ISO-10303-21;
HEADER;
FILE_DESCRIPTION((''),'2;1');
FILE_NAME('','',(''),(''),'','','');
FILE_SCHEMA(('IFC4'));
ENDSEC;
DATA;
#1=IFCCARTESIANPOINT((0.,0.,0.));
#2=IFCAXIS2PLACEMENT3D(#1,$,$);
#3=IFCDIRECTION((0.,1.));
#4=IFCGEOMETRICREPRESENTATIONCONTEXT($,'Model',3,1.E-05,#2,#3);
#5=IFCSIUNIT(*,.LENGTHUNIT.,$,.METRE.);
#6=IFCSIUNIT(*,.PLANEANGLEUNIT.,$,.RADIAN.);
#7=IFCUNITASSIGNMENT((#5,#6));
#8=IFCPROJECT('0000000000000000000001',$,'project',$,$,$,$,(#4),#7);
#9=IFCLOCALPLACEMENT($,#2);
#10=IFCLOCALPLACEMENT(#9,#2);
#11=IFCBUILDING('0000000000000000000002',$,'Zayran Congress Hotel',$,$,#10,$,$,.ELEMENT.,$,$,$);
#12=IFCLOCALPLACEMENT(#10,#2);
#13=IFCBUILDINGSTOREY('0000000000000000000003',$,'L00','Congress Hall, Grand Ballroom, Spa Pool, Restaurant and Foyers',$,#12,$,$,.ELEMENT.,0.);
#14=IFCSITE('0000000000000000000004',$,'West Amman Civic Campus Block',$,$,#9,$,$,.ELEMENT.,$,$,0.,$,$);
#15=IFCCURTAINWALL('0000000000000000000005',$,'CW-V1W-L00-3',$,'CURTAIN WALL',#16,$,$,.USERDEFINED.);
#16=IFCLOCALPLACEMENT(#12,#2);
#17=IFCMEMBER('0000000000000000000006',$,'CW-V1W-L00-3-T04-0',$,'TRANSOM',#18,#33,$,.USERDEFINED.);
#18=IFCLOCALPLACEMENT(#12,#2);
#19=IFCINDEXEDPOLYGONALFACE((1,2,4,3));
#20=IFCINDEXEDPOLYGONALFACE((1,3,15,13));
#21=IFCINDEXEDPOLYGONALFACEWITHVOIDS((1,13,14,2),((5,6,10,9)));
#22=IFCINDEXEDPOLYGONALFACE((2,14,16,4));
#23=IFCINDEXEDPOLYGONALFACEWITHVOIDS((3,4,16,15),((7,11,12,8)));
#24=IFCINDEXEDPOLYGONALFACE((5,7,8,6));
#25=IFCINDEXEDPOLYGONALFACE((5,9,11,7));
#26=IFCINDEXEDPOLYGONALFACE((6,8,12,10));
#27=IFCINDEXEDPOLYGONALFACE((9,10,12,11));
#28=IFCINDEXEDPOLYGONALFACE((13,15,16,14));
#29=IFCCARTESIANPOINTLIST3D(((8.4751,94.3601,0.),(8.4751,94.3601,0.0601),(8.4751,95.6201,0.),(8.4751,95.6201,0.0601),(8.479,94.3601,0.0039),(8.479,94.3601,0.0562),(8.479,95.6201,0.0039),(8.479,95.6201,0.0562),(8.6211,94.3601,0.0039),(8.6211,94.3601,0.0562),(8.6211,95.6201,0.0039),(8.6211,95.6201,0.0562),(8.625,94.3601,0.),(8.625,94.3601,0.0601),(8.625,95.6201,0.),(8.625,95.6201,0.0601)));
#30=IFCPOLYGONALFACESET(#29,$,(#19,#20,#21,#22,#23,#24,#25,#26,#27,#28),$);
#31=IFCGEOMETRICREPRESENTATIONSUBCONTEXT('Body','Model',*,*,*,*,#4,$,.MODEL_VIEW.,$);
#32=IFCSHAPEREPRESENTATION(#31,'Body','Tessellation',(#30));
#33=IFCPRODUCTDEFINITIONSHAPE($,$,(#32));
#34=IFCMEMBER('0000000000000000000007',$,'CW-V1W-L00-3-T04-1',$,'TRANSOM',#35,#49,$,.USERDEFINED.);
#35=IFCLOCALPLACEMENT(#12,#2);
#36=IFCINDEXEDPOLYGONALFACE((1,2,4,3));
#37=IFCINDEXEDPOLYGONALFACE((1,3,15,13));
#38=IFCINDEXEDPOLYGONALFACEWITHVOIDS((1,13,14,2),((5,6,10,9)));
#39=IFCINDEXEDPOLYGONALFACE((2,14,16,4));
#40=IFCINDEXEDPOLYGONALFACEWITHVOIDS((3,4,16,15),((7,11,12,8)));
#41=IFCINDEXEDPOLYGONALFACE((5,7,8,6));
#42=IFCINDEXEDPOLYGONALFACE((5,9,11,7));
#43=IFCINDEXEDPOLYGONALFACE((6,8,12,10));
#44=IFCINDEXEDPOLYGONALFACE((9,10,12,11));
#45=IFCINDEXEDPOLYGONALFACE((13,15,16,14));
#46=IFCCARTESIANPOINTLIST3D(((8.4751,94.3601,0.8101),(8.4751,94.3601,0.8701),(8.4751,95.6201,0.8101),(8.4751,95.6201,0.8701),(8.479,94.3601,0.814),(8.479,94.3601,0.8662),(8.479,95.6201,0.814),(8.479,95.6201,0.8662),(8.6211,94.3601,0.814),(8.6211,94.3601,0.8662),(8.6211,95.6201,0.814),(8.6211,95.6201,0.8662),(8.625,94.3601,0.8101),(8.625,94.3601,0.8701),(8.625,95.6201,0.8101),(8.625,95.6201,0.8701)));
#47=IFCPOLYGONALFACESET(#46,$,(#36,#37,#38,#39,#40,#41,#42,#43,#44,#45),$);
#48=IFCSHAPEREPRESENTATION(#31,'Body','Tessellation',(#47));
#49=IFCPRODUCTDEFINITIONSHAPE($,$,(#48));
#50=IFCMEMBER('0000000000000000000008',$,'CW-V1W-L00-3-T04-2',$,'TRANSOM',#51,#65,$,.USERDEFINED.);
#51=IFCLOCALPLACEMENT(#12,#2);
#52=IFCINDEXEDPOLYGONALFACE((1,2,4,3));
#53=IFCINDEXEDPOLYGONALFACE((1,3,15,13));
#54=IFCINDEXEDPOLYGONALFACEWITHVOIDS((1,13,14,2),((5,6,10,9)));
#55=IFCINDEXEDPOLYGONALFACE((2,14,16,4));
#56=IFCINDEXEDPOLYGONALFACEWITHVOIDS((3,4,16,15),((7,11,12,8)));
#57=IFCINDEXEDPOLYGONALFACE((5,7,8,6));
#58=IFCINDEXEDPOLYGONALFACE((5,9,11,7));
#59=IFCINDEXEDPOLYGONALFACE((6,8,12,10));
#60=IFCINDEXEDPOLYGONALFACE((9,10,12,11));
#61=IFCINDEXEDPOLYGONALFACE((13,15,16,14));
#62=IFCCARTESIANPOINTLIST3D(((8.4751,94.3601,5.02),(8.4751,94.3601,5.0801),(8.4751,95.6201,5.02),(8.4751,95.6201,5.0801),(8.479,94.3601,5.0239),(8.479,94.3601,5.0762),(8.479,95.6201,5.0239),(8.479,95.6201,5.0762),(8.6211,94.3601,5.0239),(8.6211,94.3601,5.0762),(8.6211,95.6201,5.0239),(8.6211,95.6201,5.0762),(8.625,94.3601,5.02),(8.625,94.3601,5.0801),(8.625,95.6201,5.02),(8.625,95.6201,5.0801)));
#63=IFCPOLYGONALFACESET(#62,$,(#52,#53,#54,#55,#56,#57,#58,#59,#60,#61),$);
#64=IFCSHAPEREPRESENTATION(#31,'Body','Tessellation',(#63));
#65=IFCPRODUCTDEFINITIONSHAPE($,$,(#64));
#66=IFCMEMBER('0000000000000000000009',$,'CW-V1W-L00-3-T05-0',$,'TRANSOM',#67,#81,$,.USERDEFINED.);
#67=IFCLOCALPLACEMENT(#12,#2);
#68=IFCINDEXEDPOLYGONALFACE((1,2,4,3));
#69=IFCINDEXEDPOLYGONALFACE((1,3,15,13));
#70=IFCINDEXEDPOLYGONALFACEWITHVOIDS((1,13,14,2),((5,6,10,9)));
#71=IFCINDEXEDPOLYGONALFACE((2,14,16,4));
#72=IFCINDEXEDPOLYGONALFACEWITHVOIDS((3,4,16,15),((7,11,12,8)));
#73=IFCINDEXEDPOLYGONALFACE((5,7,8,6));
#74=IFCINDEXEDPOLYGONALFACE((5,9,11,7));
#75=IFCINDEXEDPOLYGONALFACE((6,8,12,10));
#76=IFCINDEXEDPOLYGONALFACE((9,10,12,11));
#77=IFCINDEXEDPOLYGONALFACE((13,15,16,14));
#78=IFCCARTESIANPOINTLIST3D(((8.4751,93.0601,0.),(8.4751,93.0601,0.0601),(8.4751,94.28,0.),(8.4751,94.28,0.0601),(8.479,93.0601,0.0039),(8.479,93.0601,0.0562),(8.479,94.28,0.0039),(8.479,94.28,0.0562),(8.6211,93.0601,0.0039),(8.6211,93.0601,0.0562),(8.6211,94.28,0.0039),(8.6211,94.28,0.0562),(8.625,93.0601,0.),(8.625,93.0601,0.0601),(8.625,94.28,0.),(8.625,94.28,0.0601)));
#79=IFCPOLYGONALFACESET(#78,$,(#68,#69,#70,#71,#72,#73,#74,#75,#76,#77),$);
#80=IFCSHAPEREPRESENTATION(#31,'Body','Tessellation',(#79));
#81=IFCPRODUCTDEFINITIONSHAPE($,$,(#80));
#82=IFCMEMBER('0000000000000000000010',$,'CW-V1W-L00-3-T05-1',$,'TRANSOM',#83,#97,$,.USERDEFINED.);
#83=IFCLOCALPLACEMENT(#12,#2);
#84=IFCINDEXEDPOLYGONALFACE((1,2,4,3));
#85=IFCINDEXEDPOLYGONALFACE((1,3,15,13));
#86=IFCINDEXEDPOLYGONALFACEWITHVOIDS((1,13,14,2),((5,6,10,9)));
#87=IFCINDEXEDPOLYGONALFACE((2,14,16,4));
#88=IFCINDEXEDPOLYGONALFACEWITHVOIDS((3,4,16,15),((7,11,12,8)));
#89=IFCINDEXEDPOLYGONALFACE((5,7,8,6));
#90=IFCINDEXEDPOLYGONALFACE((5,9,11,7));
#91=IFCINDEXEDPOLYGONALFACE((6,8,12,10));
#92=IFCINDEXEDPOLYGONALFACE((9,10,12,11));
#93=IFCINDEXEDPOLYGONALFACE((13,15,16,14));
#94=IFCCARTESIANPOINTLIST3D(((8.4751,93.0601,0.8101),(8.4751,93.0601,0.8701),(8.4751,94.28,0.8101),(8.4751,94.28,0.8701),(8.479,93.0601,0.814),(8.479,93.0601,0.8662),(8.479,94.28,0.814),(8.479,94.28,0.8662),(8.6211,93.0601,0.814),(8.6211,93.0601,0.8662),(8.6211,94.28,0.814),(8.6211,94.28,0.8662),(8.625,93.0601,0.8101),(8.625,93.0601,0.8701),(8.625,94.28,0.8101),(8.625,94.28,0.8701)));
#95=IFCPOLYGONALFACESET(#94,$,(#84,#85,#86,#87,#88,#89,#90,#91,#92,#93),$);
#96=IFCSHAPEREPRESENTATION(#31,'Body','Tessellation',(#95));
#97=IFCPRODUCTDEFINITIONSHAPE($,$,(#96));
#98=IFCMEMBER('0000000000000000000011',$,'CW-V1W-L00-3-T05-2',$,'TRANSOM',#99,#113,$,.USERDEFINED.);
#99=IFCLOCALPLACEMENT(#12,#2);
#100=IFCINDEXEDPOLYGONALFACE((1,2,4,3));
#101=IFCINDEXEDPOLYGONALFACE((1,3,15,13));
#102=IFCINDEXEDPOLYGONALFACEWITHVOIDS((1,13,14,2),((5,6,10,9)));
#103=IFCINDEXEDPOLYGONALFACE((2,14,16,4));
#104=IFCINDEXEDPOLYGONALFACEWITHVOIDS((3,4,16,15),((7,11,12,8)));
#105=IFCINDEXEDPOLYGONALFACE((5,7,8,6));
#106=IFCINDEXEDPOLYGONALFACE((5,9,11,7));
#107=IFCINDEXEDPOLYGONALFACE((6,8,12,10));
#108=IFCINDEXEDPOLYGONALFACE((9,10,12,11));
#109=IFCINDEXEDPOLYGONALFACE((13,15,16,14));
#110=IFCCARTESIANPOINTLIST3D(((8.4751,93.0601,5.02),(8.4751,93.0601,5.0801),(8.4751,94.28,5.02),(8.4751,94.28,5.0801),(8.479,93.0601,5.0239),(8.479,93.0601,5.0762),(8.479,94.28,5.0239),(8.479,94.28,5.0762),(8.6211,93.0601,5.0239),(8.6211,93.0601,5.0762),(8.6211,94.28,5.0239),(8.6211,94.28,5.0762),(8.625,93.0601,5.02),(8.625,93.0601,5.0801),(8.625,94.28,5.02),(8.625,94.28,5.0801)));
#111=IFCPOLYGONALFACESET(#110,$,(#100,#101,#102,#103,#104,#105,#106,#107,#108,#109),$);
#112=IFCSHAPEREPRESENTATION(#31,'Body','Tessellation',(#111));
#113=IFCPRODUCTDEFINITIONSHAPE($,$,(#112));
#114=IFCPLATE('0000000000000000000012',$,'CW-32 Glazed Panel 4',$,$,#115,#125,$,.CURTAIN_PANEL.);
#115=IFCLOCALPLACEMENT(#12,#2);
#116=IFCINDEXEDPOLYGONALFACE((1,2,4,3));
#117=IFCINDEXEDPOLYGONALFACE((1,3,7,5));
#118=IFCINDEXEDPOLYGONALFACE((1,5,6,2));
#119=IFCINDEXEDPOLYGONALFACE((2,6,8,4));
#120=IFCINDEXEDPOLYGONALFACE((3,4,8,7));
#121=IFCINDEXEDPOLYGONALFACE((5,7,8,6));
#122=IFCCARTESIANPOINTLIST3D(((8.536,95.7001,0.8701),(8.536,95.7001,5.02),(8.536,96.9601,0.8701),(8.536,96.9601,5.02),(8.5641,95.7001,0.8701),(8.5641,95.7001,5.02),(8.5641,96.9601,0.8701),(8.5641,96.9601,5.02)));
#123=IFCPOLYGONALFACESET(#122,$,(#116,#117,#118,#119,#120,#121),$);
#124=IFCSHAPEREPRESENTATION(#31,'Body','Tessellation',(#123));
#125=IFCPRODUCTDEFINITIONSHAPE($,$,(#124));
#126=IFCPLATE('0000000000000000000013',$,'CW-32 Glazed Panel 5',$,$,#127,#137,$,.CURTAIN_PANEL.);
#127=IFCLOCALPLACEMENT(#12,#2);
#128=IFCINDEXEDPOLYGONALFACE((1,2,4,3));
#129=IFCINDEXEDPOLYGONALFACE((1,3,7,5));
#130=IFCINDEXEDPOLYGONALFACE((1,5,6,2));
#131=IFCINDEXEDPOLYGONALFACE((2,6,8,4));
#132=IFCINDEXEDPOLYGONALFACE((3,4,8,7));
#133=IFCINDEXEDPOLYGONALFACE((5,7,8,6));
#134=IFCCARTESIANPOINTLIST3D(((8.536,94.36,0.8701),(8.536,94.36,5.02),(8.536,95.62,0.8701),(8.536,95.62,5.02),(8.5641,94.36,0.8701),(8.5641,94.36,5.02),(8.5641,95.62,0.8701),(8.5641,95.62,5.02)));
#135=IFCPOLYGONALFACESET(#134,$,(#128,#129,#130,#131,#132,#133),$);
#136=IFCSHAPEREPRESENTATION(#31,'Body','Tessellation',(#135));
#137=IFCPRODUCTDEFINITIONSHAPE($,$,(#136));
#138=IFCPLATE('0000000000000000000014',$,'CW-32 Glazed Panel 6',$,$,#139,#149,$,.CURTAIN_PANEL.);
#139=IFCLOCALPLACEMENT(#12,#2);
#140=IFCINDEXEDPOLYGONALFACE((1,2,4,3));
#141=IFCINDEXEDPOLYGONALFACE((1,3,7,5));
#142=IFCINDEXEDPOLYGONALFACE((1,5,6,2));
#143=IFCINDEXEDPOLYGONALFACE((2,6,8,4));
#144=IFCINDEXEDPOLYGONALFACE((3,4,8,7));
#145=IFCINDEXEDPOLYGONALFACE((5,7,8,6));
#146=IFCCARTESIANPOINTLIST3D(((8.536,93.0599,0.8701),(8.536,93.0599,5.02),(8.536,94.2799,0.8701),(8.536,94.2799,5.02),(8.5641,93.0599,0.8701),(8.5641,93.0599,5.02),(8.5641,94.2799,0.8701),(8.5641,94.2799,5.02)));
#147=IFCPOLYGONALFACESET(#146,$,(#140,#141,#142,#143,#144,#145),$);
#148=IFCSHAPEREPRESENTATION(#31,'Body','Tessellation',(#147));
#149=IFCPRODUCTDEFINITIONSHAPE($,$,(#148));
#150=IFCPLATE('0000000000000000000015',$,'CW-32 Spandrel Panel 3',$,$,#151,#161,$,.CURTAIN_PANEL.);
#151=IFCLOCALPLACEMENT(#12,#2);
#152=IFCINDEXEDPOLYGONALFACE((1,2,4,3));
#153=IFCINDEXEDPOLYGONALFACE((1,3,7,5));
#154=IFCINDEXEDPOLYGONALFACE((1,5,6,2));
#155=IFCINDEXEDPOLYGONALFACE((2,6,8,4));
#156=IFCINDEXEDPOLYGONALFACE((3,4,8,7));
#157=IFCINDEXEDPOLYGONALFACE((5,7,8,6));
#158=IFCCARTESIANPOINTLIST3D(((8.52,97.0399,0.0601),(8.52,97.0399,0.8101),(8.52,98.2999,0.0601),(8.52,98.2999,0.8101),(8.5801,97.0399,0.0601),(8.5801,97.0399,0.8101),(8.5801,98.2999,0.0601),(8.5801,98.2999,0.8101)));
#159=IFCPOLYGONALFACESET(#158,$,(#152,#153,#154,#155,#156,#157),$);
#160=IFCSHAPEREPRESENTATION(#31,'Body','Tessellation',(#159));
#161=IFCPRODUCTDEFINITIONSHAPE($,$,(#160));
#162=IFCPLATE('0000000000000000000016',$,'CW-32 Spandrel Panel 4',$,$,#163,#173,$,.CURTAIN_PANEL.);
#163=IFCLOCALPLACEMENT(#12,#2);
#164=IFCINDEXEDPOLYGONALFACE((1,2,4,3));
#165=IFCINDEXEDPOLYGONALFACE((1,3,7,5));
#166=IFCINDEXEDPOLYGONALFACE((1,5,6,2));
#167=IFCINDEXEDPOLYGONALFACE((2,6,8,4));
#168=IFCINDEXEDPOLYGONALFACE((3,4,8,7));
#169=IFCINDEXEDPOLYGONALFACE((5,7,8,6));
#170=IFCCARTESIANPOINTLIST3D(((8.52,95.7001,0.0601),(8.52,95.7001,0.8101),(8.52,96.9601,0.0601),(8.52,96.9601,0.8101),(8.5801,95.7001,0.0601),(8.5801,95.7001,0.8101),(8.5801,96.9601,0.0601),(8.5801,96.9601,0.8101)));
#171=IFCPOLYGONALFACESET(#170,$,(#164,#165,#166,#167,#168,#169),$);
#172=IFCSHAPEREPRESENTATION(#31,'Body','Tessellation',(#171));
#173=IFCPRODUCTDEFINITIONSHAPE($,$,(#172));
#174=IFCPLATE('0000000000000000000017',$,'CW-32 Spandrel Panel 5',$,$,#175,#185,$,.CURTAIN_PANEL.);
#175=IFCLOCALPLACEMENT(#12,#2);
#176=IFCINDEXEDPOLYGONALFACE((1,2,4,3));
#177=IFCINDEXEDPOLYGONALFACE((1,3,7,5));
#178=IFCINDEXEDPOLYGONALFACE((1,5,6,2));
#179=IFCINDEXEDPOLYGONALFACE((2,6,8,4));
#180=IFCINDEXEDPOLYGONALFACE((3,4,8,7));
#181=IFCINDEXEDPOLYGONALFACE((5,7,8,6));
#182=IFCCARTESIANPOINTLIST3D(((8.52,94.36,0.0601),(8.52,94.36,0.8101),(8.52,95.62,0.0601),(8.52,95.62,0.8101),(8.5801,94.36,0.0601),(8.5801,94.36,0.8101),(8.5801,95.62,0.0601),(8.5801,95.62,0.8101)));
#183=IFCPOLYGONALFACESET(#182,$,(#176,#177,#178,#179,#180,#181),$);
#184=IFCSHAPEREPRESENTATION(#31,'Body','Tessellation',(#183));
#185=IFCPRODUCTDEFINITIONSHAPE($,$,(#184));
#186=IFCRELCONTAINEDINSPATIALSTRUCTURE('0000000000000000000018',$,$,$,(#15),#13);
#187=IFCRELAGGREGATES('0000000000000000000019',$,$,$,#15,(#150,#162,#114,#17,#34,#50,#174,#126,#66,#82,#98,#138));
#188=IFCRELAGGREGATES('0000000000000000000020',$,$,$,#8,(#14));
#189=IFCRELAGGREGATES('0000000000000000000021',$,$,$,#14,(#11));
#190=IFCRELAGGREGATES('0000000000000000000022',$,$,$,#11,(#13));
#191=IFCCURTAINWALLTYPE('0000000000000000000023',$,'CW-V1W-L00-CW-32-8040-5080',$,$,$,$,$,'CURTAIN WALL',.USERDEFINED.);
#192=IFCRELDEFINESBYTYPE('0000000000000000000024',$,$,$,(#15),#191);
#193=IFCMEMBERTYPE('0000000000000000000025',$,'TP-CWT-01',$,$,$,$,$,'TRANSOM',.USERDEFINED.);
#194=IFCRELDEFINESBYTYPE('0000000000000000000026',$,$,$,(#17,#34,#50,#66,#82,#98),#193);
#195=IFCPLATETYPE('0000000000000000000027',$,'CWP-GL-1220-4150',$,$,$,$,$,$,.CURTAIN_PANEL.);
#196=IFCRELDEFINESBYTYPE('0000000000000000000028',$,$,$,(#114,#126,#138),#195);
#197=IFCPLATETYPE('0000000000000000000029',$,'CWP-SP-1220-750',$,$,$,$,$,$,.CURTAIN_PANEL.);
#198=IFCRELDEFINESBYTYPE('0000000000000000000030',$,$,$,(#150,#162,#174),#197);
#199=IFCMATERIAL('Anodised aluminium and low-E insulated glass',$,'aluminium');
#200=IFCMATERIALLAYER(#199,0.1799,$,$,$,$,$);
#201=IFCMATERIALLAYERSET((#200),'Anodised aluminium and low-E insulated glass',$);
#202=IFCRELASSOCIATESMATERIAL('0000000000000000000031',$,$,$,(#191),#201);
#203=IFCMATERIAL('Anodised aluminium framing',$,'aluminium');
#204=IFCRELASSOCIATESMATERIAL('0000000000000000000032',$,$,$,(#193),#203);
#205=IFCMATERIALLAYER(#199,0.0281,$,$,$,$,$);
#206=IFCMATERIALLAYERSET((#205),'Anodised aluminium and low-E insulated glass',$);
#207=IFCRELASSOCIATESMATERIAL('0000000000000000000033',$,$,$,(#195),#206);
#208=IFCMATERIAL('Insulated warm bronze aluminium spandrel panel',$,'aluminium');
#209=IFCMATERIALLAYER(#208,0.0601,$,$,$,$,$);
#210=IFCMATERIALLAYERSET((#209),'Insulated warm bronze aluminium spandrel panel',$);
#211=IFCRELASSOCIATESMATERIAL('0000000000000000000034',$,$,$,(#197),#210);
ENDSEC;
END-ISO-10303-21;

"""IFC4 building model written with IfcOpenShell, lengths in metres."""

from ifc_helpers import new_model, si_unit, direction, frame, origin, origin_2d, place, context, subcontext, project, spatial, rectangle, hollow_rectangle, extrude, material, layer, layer_set, material_profile, profile_set, type_object, element, aggregate, save


model = new_model("IFC4")

# Units and contexts
model_context = context("Model", 3, precision=1e-05, world=origin(), true_north=direction((0.0, 1.0)))
body_context = subcontext(model_context, "Body", "Model", "MODEL_VIEW")
ifc_project = project(units=[si_unit("LENGTHUNIT", "METRE"), si_unit("PLANEANGLEUNIT", "RADIAN")], contexts=[model_context])

# Site, building, storey
site_placement = place(None, origin())
site = spatial("IfcSite", under=ifc_project, at=site_placement, Name="West Amman Civic Campus Block", CompositionType="ELEMENT", RefElevation=0.0)
building_placement = place(site_placement, origin())
building = spatial("IfcBuilding", under=site, at=building_placement, Name="Zayran Congress Hotel", CompositionType="ELEMENT")
storey_placement = place(building_placement, origin())
storey = spatial("IfcBuildingStorey", under=building, at=storey_placement, Name="L00", Description="Congress Hall, Grand Ballroom, Spa Pool, Restaurant and Foyers", CompositionType="ELEMENT", Elevation=0.0)

# Shared definitions
ifc_material_1 = material(Name="Anodised aluminium and low-E insulated glass", Category="aluminium")
ifc_material_2 = material(Name="Anodised aluminium framing", Category="aluminium")

# Curtain wall
ifc_layer_1 = layer(ifc_material_1, 0.1799)
ifc_layer_set_1 = layer_set([ifc_layer_1], Name="Anodised aluminium and low-E insulated glass")
curtain_wall_type_1 = type_object("IfcCurtainWallType", Name="CW-V1W-L00-CW-32-8040-5080", ElementType="CURTAIN WALL", PredefinedType="USERDEFINED", material=ifc_layer_set_1)
curtain_wall_1_placement = place(storey_placement, origin())
curtain_wall_1 = element("IfcCurtainWall", 1, at=curtain_wall_1_placement, inside=storey, type_object=curtain_wall_type_1, Name="CW-V1W-L00-3", ObjectType="CURTAIN WALL", PredefinedType="USERDEFINED")

# Members
ifc_material_profile_1 = material_profile(ifc_material_2, hollow_rectangle(XDim=0.0601, YDim=0.1499, WallThickness=0.0039, at=origin_2d()), Name="RHS 150x60x4")
ifc_profile_set_1 = profile_set([ifc_material_profile_1], Name="Anodised aluminium framing")
member_type_1 = type_object("IfcMemberType", Name="TP-CWT-01", ElementType="TRANSOM", PredefinedType="USERDEFINED", material=ifc_profile_set_1)
member_1_placement = place(storey_placement, frame((8.55, 95.6201, 0.03), z_axis=(0.0, -1.0, 0.0), x_axis=(0.0, 0.0, 1.0)))
member_1 = element("IfcMember", 2, at=member_1_placement, type_object=member_type_1, Name="CW-V1W-L00-3-T04-0", ObjectType="TRANSOM", PredefinedType="USERDEFINED", context=body_context, shape_type="SweptSolid", body=[
    extrude(hollow_rectangle(XDim=0.0601, YDim=0.1499, WallThickness=0.0039, at=origin_2d()), origin(), (0.0, 0.0, 1.0), 1.26),
])
member_2_placement = place(storey_placement, frame((8.55, 95.6201, 0.8401), z_axis=(0.0, -1.0, 0.0), x_axis=(0.0, 0.0, 1.0)))
member_2 = element("IfcMember", 3, at=member_2_placement, type_object=member_type_1, Name="CW-V1W-L00-3-T04-1", ObjectType="TRANSOM", PredefinedType="USERDEFINED", context=body_context, shape_type="SweptSolid", body=[
    extrude(hollow_rectangle(XDim=0.0601, YDim=0.1499, WallThickness=0.0039, at=origin_2d()), origin(), (0.0, 0.0, 1.0), 1.26),
])
member_3_placement = place(storey_placement, frame((8.55, 95.6201, 5.05), z_axis=(0.0, -1.0, 0.0), x_axis=(0.0, 0.0, 1.0)))
member_3 = element("IfcMember", 4, at=member_3_placement, type_object=member_type_1, Name="CW-V1W-L00-3-T04-2", ObjectType="TRANSOM", PredefinedType="USERDEFINED", context=body_context, shape_type="SweptSolid", body=[
    extrude(hollow_rectangle(XDim=0.0601, YDim=0.1499, WallThickness=0.0039, at=origin_2d()), origin(), (0.0, 0.0, 1.0), 1.26),
])
member_4_placement = place(storey_placement, frame((8.55, 94.28, 0.03), z_axis=(0.0, -1.0, 0.0), x_axis=(0.0, 0.0, 1.0)))
member_4 = element("IfcMember", 5, at=member_4_placement, type_object=member_type_1, Name="CW-V1W-L00-3-T05-0", ObjectType="TRANSOM", PredefinedType="USERDEFINED", context=body_context, shape_type="SweptSolid", body=[
    extrude(hollow_rectangle(XDim=0.0601, YDim=0.1499, WallThickness=0.0039, at=origin_2d()), origin(), (0.0, 0.0, 1.0), 1.22),
])
member_5_placement = place(storey_placement, frame((8.55, 94.28, 0.8401), z_axis=(0.0, -1.0, 0.0), x_axis=(0.0, 0.0, 1.0)))
member_5 = element("IfcMember", 6, at=member_5_placement, type_object=member_type_1, Name="CW-V1W-L00-3-T05-1", ObjectType="TRANSOM", PredefinedType="USERDEFINED", context=body_context, shape_type="SweptSolid", body=[
    extrude(hollow_rectangle(XDim=0.0601, YDim=0.1499, WallThickness=0.0039, at=origin_2d()), origin(), (0.0, 0.0, 1.0), 1.22),
])
member_6_placement = place(storey_placement, frame((8.55, 94.28, 5.05), z_axis=(0.0, -1.0, 0.0), x_axis=(0.0, 0.0, 1.0)))
member_6 = element("IfcMember", 7, at=member_6_placement, type_object=member_type_1, Name="CW-V1W-L00-3-T05-2", ObjectType="TRANSOM", PredefinedType="USERDEFINED", context=body_context, shape_type="SweptSolid", body=[
    extrude(hollow_rectangle(XDim=0.0601, YDim=0.1499, WallThickness=0.0039, at=origin_2d()), origin(), (0.0, 0.0, 1.0), 1.22),
])

# Plates
ifc_layer_2 = layer(ifc_material_1, 0.0281)
ifc_layer_set_2 = layer_set([ifc_layer_2], Name="Anodised aluminium and low-E insulated glass")
plate_type_1 = type_object("IfcPlateType", Name="CWP-GL-1220-4150", PredefinedType="CURTAIN_PANEL", material=ifc_layer_set_2)
plate_1_placement = place(storey_placement, frame((8.55, 96.3301, 0.8701), z_axis=(0.0, 0.0, 1.0), x_axis=(0.0, 1.0, 0.0)))
plate_1 = element("IfcPlate", 8, at=plate_1_placement, type_object=plate_type_1, Name="CW-32 Glazed Panel 4", PredefinedType="CURTAIN_PANEL", context=body_context, shape_type="SweptSolid", body=[
    extrude(rectangle(XDim=1.26, YDim=0.0281, at=origin_2d()), origin(), (0.0, 0.0, 1.0), 4.1499),
])
plate_2_placement = place(storey_placement, frame((8.55, 94.99, 0.8701), z_axis=(0.0, 0.0, 1.0), x_axis=(0.0, 1.0, 0.0)))
plate_2 = element("IfcPlate", 9, at=plate_2_placement, type_object=plate_type_1, Name="CW-32 Glazed Panel 5", PredefinedType="CURTAIN_PANEL", context=body_context, shape_type="SweptSolid", body=[
    extrude(rectangle(XDim=1.26, YDim=0.0281, at=origin_2d()), origin(), (0.0, 0.0, 1.0), 4.1499),
])
plate_3_placement = place(storey_placement, frame((8.55, 93.6699, 0.8701), z_axis=(0.0, 0.0, 1.0), x_axis=(0.0, 1.0, 0.0)))
plate_3 = element("IfcPlate", 10, at=plate_3_placement, type_object=plate_type_1, Name="CW-32 Glazed Panel 6", PredefinedType="CURTAIN_PANEL", context=body_context, shape_type="SweptSolid", body=[
    extrude(rectangle(XDim=1.22, YDim=0.0281, at=origin_2d()), origin(), (0.0, 0.0, 1.0), 4.1499),
])
ifc_material_3 = material(Name="Insulated warm bronze aluminium spandrel panel", Category="aluminium")
ifc_layer_3 = layer(ifc_material_3, 0.0601)
ifc_layer_set_3 = layer_set([ifc_layer_3], Name="Insulated warm bronze aluminium spandrel panel")
plate_type_2 = type_object("IfcPlateType", Name="CWP-SP-1220-750", PredefinedType="CURTAIN_PANEL", material=ifc_layer_set_3)
plate_4_placement = place(storey_placement, frame((8.55, 97.6699, 0.0601), z_axis=(0.0, 0.0, 1.0), x_axis=(0.0, 1.0, 0.0)))
plate_4 = element("IfcPlate", 11, at=plate_4_placement, type_object=plate_type_2, Name="CW-32 Spandrel Panel 3", PredefinedType="CURTAIN_PANEL", context=body_context, shape_type="SweptSolid", body=[
    extrude(rectangle(XDim=1.26, YDim=0.0601, at=origin_2d()), origin(), (0.0, 0.0, 1.0), 0.75),
])
plate_5_placement = place(storey_placement, frame((8.55, 96.3301, 0.0601), z_axis=(0.0, 0.0, 1.0), x_axis=(0.0, 1.0, 0.0)))
plate_5 = element("IfcPlate", 12, at=plate_5_placement, type_object=plate_type_2, Name="CW-32 Spandrel Panel 4", PredefinedType="CURTAIN_PANEL", context=body_context, shape_type="SweptSolid", body=[
    extrude(rectangle(XDim=1.26, YDim=0.0601, at=origin_2d()), origin(), (0.0, 0.0, 1.0), 0.75),
])
plate_6_placement = place(storey_placement, frame((8.55, 94.99, 0.0601), z_axis=(0.0, 0.0, 1.0), x_axis=(0.0, 1.0, 0.0)))
plate_6 = element("IfcPlate", 13, at=plate_6_placement, type_object=plate_type_2, Name="CW-32 Spandrel Panel 5", PredefinedType="CURTAIN_PANEL", context=body_context, shape_type="SweptSolid", body=[
    extrude(rectangle(XDim=1.26, YDim=0.0601, at=origin_2d()), origin(), (0.0, 0.0, 1.0), 0.75),
])
aggregate(curtain_wall_1, [plate_4, plate_5, plate_1, member_1, member_2, member_3, plate_6, plate_2, member_4, member_5, member_6, plate_3])

save(model, "model.ifc")
